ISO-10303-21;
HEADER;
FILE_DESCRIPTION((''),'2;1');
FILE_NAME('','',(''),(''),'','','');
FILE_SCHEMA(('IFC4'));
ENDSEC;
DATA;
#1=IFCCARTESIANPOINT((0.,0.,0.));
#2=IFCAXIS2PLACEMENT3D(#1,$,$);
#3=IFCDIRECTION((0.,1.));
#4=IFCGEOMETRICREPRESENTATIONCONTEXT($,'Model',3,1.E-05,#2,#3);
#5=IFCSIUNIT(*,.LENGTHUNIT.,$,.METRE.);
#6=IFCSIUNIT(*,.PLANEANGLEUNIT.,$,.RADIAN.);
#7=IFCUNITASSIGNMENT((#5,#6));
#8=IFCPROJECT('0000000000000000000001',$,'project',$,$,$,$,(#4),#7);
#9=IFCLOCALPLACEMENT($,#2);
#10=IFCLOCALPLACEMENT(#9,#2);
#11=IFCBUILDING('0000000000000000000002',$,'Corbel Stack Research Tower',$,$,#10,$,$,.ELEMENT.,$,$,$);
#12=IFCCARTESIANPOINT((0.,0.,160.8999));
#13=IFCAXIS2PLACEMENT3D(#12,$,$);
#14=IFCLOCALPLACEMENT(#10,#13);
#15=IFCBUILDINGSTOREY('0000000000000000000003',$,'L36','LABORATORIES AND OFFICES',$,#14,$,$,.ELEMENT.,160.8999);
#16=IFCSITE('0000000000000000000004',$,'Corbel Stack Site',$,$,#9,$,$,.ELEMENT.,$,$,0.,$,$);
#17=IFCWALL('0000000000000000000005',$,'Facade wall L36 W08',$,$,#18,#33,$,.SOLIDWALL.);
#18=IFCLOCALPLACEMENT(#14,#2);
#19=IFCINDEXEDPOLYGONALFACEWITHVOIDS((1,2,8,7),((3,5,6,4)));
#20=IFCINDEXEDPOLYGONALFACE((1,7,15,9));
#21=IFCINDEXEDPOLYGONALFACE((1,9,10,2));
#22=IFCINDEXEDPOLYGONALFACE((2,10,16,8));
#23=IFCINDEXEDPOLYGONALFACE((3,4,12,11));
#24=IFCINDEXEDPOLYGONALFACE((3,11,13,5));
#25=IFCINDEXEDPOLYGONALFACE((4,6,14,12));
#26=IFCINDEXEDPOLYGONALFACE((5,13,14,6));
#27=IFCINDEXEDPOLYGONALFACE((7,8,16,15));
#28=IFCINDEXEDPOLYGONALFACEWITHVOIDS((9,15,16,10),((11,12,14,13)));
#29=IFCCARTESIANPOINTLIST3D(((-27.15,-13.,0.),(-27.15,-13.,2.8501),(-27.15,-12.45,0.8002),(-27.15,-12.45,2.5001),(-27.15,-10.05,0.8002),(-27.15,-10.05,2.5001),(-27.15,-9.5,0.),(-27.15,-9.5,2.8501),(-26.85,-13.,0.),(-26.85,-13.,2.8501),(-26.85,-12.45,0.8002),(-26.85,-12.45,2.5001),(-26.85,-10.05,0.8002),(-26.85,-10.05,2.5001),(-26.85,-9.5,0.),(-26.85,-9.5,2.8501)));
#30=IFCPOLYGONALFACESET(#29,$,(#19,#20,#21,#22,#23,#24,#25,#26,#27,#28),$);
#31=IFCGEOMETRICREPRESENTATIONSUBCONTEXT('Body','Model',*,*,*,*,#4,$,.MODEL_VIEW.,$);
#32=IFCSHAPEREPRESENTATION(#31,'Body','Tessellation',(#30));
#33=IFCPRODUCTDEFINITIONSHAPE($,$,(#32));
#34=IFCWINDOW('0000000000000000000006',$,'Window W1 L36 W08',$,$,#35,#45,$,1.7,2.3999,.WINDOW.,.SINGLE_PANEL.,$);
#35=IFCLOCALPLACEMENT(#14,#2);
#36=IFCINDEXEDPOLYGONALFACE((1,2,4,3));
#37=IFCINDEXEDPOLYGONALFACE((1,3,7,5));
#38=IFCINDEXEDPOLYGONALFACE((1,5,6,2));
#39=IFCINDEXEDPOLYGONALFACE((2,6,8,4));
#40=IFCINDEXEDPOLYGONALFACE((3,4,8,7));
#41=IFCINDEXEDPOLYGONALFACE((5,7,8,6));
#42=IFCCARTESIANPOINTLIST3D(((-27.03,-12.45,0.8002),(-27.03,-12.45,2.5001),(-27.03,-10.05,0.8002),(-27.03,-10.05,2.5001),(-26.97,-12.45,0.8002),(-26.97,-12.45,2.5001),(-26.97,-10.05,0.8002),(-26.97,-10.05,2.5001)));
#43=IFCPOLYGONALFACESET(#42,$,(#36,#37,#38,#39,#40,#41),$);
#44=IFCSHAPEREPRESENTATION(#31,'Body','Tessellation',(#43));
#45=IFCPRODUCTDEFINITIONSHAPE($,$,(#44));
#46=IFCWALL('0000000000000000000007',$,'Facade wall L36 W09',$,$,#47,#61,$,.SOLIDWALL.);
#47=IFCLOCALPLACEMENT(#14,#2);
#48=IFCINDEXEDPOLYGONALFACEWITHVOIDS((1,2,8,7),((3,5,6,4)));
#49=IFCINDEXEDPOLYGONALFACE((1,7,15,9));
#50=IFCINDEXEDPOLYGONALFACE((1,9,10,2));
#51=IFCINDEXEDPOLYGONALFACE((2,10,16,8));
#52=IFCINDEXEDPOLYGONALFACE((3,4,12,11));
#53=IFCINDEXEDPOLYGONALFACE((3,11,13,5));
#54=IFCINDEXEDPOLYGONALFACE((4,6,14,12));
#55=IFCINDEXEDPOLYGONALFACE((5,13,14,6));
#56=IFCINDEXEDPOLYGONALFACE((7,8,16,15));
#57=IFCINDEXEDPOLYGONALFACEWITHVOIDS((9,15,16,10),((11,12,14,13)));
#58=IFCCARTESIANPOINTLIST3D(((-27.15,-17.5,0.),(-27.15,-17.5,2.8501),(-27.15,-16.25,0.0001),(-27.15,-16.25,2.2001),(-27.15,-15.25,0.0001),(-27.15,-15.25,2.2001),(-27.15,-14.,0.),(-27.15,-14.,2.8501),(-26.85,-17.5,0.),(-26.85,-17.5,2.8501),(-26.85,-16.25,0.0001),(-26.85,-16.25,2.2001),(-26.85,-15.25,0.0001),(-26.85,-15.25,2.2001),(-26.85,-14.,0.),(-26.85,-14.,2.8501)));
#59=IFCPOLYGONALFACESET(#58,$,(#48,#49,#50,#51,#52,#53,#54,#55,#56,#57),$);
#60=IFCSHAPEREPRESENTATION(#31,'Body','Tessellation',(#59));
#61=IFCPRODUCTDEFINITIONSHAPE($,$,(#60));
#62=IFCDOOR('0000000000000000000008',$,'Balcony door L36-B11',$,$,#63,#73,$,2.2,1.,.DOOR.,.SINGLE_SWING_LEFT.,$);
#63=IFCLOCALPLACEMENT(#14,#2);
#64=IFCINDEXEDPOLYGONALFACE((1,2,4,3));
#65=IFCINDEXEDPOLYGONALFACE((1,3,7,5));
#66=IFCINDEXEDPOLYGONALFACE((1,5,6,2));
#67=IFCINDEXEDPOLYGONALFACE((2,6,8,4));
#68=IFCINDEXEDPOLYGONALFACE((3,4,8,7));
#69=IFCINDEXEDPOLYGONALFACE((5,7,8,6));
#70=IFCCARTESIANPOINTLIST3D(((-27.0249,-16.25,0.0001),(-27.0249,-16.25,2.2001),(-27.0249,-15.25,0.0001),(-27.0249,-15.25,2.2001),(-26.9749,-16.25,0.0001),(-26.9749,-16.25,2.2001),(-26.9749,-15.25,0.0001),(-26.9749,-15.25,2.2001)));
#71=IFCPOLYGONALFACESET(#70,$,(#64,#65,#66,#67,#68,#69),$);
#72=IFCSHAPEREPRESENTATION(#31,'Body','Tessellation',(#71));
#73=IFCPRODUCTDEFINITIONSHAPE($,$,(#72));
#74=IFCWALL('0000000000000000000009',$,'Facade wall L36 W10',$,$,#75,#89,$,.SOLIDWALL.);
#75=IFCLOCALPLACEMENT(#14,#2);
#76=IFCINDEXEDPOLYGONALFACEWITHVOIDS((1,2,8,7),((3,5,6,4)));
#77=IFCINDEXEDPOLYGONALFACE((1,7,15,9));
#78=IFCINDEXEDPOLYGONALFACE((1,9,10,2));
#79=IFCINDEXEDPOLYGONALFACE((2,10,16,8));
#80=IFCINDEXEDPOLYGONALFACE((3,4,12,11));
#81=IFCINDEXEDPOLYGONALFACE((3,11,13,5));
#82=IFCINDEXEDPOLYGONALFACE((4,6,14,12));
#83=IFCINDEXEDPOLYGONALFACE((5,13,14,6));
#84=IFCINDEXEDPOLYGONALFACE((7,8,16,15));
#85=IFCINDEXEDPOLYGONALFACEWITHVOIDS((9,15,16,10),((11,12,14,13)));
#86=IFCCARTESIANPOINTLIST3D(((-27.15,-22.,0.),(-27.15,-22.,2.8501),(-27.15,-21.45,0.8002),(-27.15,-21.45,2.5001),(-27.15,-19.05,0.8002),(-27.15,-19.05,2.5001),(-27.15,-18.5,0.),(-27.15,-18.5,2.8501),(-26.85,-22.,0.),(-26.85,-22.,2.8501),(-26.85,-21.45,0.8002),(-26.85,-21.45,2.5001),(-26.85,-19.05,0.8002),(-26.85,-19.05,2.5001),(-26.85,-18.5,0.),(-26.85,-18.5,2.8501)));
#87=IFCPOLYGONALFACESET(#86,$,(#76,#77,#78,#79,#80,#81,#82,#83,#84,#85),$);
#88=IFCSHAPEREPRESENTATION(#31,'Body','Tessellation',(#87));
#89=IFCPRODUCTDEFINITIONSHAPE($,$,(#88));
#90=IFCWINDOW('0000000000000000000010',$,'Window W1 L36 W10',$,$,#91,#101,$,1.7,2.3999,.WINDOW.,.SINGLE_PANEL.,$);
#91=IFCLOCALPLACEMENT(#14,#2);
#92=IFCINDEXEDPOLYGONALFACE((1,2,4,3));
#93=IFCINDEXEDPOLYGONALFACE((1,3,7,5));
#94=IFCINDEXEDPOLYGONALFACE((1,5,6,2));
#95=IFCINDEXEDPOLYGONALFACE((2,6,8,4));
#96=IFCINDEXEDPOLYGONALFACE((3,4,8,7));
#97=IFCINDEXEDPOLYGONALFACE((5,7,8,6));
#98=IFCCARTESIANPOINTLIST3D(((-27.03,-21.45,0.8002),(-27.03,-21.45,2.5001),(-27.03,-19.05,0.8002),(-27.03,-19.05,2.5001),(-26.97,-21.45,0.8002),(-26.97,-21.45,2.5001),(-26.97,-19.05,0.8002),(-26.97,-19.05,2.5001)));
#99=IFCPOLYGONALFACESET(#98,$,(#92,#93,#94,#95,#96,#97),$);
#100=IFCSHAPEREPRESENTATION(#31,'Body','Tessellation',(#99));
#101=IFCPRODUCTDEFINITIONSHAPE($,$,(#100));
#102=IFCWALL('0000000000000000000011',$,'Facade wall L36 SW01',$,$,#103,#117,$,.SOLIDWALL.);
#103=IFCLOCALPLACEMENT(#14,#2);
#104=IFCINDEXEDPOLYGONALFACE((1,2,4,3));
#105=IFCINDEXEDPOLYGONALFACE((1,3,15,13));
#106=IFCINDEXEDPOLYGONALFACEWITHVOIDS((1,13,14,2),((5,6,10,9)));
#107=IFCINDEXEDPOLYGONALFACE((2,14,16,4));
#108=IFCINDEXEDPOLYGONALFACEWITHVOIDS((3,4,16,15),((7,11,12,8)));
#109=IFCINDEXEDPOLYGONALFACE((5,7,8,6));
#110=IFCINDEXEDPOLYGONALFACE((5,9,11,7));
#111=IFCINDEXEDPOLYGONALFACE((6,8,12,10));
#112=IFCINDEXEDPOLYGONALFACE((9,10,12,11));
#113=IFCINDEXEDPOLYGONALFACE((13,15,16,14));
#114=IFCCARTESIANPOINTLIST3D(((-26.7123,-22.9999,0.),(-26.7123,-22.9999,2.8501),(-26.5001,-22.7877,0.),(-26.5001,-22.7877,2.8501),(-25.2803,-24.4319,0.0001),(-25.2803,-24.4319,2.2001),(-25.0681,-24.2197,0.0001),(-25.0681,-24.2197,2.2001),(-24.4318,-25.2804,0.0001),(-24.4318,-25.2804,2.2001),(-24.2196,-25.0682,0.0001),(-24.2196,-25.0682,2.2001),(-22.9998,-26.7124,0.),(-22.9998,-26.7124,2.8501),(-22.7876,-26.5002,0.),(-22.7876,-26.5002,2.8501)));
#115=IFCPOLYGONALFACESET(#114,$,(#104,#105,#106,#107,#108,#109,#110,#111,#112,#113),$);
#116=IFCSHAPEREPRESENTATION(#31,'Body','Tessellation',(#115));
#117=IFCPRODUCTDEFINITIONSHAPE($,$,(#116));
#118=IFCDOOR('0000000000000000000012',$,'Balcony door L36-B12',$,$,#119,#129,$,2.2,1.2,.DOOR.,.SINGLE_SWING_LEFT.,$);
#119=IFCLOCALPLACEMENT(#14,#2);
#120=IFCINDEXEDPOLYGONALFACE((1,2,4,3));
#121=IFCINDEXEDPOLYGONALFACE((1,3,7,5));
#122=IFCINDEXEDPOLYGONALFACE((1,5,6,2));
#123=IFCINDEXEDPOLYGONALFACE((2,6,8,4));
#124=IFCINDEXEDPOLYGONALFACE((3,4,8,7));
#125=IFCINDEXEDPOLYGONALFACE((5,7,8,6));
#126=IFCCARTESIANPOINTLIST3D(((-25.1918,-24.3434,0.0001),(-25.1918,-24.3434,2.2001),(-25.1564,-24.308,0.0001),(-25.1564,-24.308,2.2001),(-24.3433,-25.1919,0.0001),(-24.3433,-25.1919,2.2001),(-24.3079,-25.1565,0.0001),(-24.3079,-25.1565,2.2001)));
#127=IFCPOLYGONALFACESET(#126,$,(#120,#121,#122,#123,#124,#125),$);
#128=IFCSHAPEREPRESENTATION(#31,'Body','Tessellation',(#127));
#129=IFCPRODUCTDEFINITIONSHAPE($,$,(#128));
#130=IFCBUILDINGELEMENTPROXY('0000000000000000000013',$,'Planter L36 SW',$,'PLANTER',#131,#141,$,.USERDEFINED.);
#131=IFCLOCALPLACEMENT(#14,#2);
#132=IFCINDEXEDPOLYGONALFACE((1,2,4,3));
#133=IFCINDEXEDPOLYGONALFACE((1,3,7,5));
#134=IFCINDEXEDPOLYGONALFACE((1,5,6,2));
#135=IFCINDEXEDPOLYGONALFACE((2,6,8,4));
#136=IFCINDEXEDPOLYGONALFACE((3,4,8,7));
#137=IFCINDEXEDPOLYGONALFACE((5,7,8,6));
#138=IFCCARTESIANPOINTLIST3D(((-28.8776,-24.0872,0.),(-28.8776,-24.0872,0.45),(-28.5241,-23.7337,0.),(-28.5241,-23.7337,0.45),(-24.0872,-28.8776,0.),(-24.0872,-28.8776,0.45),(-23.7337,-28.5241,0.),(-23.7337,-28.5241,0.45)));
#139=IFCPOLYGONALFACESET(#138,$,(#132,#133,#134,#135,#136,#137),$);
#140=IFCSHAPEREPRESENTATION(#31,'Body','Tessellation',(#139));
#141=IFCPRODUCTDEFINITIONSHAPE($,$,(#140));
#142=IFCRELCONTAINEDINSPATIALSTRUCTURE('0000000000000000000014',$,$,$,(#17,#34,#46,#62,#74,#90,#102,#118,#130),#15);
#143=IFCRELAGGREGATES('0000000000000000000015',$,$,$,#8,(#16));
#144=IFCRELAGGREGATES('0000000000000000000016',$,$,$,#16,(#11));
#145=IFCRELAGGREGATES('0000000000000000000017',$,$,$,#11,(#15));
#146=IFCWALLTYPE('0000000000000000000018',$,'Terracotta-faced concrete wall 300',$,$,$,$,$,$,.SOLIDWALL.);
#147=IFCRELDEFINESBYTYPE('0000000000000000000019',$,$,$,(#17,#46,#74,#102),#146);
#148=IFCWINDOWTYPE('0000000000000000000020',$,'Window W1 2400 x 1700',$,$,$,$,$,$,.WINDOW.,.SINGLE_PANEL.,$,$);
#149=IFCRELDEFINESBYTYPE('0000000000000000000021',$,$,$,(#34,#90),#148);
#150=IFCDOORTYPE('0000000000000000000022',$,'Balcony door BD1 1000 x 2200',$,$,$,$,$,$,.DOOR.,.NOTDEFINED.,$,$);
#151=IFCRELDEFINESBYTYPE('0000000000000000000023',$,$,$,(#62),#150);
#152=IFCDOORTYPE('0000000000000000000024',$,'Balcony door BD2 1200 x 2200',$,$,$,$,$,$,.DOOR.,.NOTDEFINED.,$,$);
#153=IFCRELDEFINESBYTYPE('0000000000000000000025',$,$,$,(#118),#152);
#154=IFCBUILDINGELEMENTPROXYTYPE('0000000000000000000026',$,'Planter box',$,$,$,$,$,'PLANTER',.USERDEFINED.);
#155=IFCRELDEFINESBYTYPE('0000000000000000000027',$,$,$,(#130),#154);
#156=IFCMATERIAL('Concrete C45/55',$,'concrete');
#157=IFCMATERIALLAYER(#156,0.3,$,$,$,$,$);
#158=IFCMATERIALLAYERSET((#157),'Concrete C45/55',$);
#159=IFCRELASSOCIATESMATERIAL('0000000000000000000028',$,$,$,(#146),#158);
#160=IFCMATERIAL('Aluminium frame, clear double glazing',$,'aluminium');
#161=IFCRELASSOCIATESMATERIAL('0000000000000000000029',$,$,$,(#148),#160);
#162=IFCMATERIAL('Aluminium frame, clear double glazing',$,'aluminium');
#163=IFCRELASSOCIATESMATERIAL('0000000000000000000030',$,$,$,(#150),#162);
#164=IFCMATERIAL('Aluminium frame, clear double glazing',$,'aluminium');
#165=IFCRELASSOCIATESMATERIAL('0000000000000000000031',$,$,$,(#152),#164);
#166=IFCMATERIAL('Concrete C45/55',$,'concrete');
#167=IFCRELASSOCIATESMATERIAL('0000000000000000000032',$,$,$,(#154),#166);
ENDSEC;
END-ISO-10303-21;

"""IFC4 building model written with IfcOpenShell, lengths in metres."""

from ifc_helpers import new_model, si_unit, direction, frame, frame_2d, origin, origin_2d, place, context, subcontext, project, spatial, rectangle, extrude, material, layer, layer_set, type_object, element, fill, save


model = new_model("IFC4")

# Units and contexts
model_context = context("Model", 3, precision=1e-05, world=origin(), true_north=direction((0.0, 1.0)))
body_context = subcontext(model_context, "Body", "Model", "MODEL_VIEW")
ifc_project = project(units=[si_unit("LENGTHUNIT", "METRE"), si_unit("PLANEANGLEUNIT", "RADIAN")], contexts=[model_context])

# Site, building, storey
site_placement = place(None, origin())
site = spatial("IfcSite", under=ifc_project, at=site_placement, Name="Corbel Stack Site", CompositionType="ELEMENT", RefElevation=0.0)
building_placement = place(site_placement, origin())
building = spatial("IfcBuilding", under=site, at=building_placement, Name="Corbel Stack Research Tower", CompositionType="ELEMENT")
storey_placement = place(building_placement, frame((0.0, 0.0, 160.8999)))
storey = spatial("IfcBuildingStorey", under=building, at=storey_placement, Name="L36", Description="LABORATORIES AND OFFICES", CompositionType="ELEMENT", Elevation=160.8999)

# Wall, opening, window
ifc_material_1 = material(Name="Concrete C45/55", Category="concrete")
ifc_layer = layer(ifc_material_1, 0.3)
ifc_layer_set = layer_set([ifc_layer], Name="Concrete C45/55")
wall_type = type_object("IfcWallType", Name="Terracotta-faced concrete wall 300", PredefinedType="SOLIDWALL", material=ifc_layer_set)
ifc_material_2 = material(Name="Aluminium frame, clear double glazing", Category="aluminium")
window_type = type_object("IfcWindowType", Name="Window W1 2400 x 1700", PartitioningType="SINGLE_PANEL", PredefinedType="WINDOW", material=ifc_material_2)
wall_1_placement = place(storey_placement, frame((-27.0, -13.0, 0.0), z_axis=(0.0, 0.0, 1.0), x_axis=(0.0, 1.0, 0.0)))
wall_1 = element("IfcWall", 1, at=wall_1_placement, inside=storey, type_object=wall_type, Name="Facade wall L36 W08", PredefinedType="SOLIDWALL", context=body_context, shape_type="SweptSolid", body=[
    extrude(rectangle(XDim=3.5, YDim=0.3, at=frame_2d((1.75, 0.0))), origin(), (0.0, 0.0, 1.0), 2.8501),
])
opening_1_placement = place(wall_1_placement, frame((0.55, 0.0, 0.8)))
opening_1 = element("IfcOpeningElement", 2, at=opening_1_placement, cuts=wall_1, PredefinedType="OPENING", context=body_context, shape_type="SweptSolid", body=[
    extrude(rectangle(XDim=2.3999, YDim=1.7, at=frame_2d((1.2, 0.8501))), frame((0.0, 0.1599, 0.0), z_axis=(0.0, -1.0, 0.0), x_axis=(1.0, 0.0, 0.0)), (0.0, 0.0, 1.0), 0.3201),
])
window_1_placement = place(opening_1_placement, origin())
window_1 = element("IfcWindow", 3, at=window_1_placement, inside=storey, type_object=window_type, Name="Window W1 L36 W08", OverallHeight=1.7, OverallWidth=2.3999, PartitioningType="SINGLE_PANEL", PredefinedType="WINDOW", context=body_context, shape_type="SweptSolid", body=[
    extrude(rectangle(XDim=2.3999, YDim=1.7, at=frame_2d((1.2, 0.8501))), frame((0.0, 0.03, 0.0), z_axis=(0.0, -1.0, 0.0), x_axis=(1.0, 0.0, 0.0)), (0.0, 0.0, 1.0), 0.0601),
])
fill(opening_1, window_1)

# Wall, opening, door
wall_2_placement = place(storey_placement, frame((-27.0, -17.5, 0.0), z_axis=(0.0, 0.0, 1.0), x_axis=(0.0, 1.0, 0.0)))
wall_2 = element("IfcWall", 4, at=wall_2_placement, inside=storey, type_object=wall_type, Name="Facade wall L36 W09", PredefinedType="SOLIDWALL", context=body_context, shape_type="SweptSolid", body=[
    extrude(rectangle(XDim=3.5, YDim=0.3, at=frame_2d((1.75, 0.0))), origin(), (0.0, 0.0, 1.0), 2.8501),
])
opening_2_placement = place(wall_2_placement, frame((1.25, 0.0, 0.0)))
opening_2 = element("IfcOpeningElement", 5, at=opening_2_placement, cuts=wall_2, PredefinedType="OPENING", context=body_context, shape_type="SweptSolid", body=[
    extrude(rectangle(XDim=1.0, YDim=2.2, at=frame_2d((0.5, 1.1001))), frame((0.0, 0.1599, 0.0), z_axis=(0.0, -1.0, 0.0), x_axis=(1.0, 0.0, 0.0)), (0.0, 0.0, 1.0), 0.3201),
])
ifc_material_3 = material(Name="Aluminium frame, clear double glazing", Category="aluminium")
door_type_1 = type_object("IfcDoorType", Name="Balcony door BD1 1000 x 2200", OperationType="NOTDEFINED", PredefinedType="DOOR", material=ifc_material_3)
door_1_placement = place(opening_2_placement, origin())
door_1 = element("IfcDoor", 6, at=door_1_placement, inside=storey, type_object=door_type_1, Name="Balcony door L36-B11", OperationType="SINGLE_SWING_LEFT", OverallHeight=2.2, OverallWidth=1.0, PredefinedType="DOOR", context=body_context, shape_type="SweptSolid", body=[
    extrude(rectangle(XDim=1.0, YDim=2.2, at=frame_2d((0.5, 1.1001))), frame((0.0, 0.0249, 0.0), z_axis=(0.0, -1.0, 0.0), x_axis=(1.0, 0.0, 0.0)), (0.0, 0.0, 1.0), 0.05),
])
fill(opening_2, door_1)

# Wall, opening, window
wall_3_placement = place(storey_placement, frame((-27.0, -22.0, 0.0), z_axis=(0.0, 0.0, 1.0), x_axis=(0.0, 1.0, 0.0)))
wall_3 = element("IfcWall", 7, at=wall_3_placement, inside=storey, type_object=wall_type, Name="Facade wall L36 W10", PredefinedType="SOLIDWALL", context=body_context, shape_type="SweptSolid", body=[
    extrude(rectangle(XDim=3.5, YDim=0.3, at=frame_2d((1.75, 0.0))), origin(), (0.0, 0.0, 1.0), 2.8501),
])
opening_3_placement = place(wall_3_placement, frame((0.55, 0.0, 0.8)))
opening_3 = element("IfcOpeningElement", 8, at=opening_3_placement, cuts=wall_3, PredefinedType="OPENING", context=body_context, shape_type="SweptSolid", body=[
    extrude(rectangle(XDim=2.3999, YDim=1.7, at=frame_2d((1.2, 0.8501))), frame((0.0, 0.1599, 0.0), z_axis=(0.0, -1.0, 0.0), x_axis=(1.0, 0.0, 0.0)), (0.0, 0.0, 1.0), 0.3201),
])
window_2_placement = place(opening_3_placement, origin())
window_2 = element("IfcWindow", 9, at=window_2_placement, inside=storey, type_object=window_type, Name="Window W1 L36 W10", OverallHeight=1.7, OverallWidth=2.3999, PartitioningType="SINGLE_PANEL", PredefinedType="WINDOW", context=body_context, shape_type="SweptSolid", body=[
    extrude(rectangle(XDim=2.3999, YDim=1.7, at=frame_2d((1.2, 0.8501))), frame((0.0, 0.03, 0.0), z_axis=(0.0, -1.0, 0.0), x_axis=(1.0, 0.0, 0.0)), (0.0, 0.0, 1.0), 0.0601),
])
fill(opening_3, window_2)

# Wall, opening, door
wall_4_placement = place(storey_placement, frame((-22.8938, -26.6062, 0.0), z_axis=(0.0, 0.0, 1.0), x_axis=(-0.707107, 0.707107, 0.0)))
wall_4 = element("IfcWall", 10, at=wall_4_placement, inside=storey, type_object=wall_type, Name="Facade wall L36 SW01", PredefinedType="SOLIDWALL", context=body_context, shape_type="SweptSolid", body=[
    extrude(rectangle(XDim=5.2502, YDim=0.3, at=frame_2d((2.625, 0.0))), origin(), (0.0, 0.0, 1.0), 2.8501),
])
opening_4_placement = place(wall_4_placement, frame((2.0249, 0.0, 0.0)))
opening_4 = element("IfcOpeningElement", 11, at=opening_4_placement, cuts=wall_4, PredefinedType="OPENING", context=body_context, shape_type="SweptSolid", body=[
    extrude(rectangle(XDim=1.2, YDim=2.2, at=frame_2d((0.6001, 1.1001))), frame((0.0, 0.1599, 0.0), z_axis=(0.0, -1.0, 0.0), x_axis=(1.0, 0.0, 0.0)), (0.0, 0.0, 1.0), 0.3201),
])
ifc_material_4 = material(Name="Aluminium frame, clear double glazing", Category="aluminium")
door_type_2 = type_object("IfcDoorType", Name="Balcony door BD2 1200 x 2200", OperationType="NOTDEFINED", PredefinedType="DOOR", material=ifc_material_4)
door_2_placement = place(opening_4_placement, origin())
door_2 = element("IfcDoor", 12, at=door_2_placement, inside=storey, type_object=door_type_2, Name="Balcony door L36-B12", OperationType="SINGLE_SWING_LEFT", OverallHeight=2.2, OverallWidth=1.2, PredefinedType="DOOR", context=body_context, shape_type="SweptSolid", body=[
    extrude(rectangle(XDim=1.2, YDim=2.2, at=frame_2d((0.6001, 1.1001))), frame((0.0, 0.0249, 0.0), z_axis=(0.0, -1.0, 0.0), x_axis=(1.0, 0.0, 0.0)), (0.0, 0.0, 1.0), 0.05),
])
fill(opening_4, door_2)

# Building element proxy
ifc_material_5 = material(Name="Concrete C45/55", Category="concrete")
building_element_proxy_type = type_object("IfcBuildingElementProxyType", Name="Planter box", ElementType="PLANTER", PredefinedType="USERDEFINED", material=ifc_material_5)
proxy_placement = place(storey_placement, frame((-26.3057, -26.3057, 0.0), z_axis=(0.0, 0.0, 1.0), x_axis=(0.707107, -0.707107, 0.0)))
element("IfcBuildingElementProxy", 13, at=proxy_placement, inside=storey, type_object=building_element_proxy_type, Name="Planter L36 SW", ObjectType="PLANTER", PredefinedType="USERDEFINED", context=body_context, shape_type="SweptSolid", body=[
    extrude(rectangle(XDim=6.7747, YDim=0.5, at=origin_2d()), origin(), (0.0, 0.0, 1.0), 0.45),
])

save(model, "model.ifc")
